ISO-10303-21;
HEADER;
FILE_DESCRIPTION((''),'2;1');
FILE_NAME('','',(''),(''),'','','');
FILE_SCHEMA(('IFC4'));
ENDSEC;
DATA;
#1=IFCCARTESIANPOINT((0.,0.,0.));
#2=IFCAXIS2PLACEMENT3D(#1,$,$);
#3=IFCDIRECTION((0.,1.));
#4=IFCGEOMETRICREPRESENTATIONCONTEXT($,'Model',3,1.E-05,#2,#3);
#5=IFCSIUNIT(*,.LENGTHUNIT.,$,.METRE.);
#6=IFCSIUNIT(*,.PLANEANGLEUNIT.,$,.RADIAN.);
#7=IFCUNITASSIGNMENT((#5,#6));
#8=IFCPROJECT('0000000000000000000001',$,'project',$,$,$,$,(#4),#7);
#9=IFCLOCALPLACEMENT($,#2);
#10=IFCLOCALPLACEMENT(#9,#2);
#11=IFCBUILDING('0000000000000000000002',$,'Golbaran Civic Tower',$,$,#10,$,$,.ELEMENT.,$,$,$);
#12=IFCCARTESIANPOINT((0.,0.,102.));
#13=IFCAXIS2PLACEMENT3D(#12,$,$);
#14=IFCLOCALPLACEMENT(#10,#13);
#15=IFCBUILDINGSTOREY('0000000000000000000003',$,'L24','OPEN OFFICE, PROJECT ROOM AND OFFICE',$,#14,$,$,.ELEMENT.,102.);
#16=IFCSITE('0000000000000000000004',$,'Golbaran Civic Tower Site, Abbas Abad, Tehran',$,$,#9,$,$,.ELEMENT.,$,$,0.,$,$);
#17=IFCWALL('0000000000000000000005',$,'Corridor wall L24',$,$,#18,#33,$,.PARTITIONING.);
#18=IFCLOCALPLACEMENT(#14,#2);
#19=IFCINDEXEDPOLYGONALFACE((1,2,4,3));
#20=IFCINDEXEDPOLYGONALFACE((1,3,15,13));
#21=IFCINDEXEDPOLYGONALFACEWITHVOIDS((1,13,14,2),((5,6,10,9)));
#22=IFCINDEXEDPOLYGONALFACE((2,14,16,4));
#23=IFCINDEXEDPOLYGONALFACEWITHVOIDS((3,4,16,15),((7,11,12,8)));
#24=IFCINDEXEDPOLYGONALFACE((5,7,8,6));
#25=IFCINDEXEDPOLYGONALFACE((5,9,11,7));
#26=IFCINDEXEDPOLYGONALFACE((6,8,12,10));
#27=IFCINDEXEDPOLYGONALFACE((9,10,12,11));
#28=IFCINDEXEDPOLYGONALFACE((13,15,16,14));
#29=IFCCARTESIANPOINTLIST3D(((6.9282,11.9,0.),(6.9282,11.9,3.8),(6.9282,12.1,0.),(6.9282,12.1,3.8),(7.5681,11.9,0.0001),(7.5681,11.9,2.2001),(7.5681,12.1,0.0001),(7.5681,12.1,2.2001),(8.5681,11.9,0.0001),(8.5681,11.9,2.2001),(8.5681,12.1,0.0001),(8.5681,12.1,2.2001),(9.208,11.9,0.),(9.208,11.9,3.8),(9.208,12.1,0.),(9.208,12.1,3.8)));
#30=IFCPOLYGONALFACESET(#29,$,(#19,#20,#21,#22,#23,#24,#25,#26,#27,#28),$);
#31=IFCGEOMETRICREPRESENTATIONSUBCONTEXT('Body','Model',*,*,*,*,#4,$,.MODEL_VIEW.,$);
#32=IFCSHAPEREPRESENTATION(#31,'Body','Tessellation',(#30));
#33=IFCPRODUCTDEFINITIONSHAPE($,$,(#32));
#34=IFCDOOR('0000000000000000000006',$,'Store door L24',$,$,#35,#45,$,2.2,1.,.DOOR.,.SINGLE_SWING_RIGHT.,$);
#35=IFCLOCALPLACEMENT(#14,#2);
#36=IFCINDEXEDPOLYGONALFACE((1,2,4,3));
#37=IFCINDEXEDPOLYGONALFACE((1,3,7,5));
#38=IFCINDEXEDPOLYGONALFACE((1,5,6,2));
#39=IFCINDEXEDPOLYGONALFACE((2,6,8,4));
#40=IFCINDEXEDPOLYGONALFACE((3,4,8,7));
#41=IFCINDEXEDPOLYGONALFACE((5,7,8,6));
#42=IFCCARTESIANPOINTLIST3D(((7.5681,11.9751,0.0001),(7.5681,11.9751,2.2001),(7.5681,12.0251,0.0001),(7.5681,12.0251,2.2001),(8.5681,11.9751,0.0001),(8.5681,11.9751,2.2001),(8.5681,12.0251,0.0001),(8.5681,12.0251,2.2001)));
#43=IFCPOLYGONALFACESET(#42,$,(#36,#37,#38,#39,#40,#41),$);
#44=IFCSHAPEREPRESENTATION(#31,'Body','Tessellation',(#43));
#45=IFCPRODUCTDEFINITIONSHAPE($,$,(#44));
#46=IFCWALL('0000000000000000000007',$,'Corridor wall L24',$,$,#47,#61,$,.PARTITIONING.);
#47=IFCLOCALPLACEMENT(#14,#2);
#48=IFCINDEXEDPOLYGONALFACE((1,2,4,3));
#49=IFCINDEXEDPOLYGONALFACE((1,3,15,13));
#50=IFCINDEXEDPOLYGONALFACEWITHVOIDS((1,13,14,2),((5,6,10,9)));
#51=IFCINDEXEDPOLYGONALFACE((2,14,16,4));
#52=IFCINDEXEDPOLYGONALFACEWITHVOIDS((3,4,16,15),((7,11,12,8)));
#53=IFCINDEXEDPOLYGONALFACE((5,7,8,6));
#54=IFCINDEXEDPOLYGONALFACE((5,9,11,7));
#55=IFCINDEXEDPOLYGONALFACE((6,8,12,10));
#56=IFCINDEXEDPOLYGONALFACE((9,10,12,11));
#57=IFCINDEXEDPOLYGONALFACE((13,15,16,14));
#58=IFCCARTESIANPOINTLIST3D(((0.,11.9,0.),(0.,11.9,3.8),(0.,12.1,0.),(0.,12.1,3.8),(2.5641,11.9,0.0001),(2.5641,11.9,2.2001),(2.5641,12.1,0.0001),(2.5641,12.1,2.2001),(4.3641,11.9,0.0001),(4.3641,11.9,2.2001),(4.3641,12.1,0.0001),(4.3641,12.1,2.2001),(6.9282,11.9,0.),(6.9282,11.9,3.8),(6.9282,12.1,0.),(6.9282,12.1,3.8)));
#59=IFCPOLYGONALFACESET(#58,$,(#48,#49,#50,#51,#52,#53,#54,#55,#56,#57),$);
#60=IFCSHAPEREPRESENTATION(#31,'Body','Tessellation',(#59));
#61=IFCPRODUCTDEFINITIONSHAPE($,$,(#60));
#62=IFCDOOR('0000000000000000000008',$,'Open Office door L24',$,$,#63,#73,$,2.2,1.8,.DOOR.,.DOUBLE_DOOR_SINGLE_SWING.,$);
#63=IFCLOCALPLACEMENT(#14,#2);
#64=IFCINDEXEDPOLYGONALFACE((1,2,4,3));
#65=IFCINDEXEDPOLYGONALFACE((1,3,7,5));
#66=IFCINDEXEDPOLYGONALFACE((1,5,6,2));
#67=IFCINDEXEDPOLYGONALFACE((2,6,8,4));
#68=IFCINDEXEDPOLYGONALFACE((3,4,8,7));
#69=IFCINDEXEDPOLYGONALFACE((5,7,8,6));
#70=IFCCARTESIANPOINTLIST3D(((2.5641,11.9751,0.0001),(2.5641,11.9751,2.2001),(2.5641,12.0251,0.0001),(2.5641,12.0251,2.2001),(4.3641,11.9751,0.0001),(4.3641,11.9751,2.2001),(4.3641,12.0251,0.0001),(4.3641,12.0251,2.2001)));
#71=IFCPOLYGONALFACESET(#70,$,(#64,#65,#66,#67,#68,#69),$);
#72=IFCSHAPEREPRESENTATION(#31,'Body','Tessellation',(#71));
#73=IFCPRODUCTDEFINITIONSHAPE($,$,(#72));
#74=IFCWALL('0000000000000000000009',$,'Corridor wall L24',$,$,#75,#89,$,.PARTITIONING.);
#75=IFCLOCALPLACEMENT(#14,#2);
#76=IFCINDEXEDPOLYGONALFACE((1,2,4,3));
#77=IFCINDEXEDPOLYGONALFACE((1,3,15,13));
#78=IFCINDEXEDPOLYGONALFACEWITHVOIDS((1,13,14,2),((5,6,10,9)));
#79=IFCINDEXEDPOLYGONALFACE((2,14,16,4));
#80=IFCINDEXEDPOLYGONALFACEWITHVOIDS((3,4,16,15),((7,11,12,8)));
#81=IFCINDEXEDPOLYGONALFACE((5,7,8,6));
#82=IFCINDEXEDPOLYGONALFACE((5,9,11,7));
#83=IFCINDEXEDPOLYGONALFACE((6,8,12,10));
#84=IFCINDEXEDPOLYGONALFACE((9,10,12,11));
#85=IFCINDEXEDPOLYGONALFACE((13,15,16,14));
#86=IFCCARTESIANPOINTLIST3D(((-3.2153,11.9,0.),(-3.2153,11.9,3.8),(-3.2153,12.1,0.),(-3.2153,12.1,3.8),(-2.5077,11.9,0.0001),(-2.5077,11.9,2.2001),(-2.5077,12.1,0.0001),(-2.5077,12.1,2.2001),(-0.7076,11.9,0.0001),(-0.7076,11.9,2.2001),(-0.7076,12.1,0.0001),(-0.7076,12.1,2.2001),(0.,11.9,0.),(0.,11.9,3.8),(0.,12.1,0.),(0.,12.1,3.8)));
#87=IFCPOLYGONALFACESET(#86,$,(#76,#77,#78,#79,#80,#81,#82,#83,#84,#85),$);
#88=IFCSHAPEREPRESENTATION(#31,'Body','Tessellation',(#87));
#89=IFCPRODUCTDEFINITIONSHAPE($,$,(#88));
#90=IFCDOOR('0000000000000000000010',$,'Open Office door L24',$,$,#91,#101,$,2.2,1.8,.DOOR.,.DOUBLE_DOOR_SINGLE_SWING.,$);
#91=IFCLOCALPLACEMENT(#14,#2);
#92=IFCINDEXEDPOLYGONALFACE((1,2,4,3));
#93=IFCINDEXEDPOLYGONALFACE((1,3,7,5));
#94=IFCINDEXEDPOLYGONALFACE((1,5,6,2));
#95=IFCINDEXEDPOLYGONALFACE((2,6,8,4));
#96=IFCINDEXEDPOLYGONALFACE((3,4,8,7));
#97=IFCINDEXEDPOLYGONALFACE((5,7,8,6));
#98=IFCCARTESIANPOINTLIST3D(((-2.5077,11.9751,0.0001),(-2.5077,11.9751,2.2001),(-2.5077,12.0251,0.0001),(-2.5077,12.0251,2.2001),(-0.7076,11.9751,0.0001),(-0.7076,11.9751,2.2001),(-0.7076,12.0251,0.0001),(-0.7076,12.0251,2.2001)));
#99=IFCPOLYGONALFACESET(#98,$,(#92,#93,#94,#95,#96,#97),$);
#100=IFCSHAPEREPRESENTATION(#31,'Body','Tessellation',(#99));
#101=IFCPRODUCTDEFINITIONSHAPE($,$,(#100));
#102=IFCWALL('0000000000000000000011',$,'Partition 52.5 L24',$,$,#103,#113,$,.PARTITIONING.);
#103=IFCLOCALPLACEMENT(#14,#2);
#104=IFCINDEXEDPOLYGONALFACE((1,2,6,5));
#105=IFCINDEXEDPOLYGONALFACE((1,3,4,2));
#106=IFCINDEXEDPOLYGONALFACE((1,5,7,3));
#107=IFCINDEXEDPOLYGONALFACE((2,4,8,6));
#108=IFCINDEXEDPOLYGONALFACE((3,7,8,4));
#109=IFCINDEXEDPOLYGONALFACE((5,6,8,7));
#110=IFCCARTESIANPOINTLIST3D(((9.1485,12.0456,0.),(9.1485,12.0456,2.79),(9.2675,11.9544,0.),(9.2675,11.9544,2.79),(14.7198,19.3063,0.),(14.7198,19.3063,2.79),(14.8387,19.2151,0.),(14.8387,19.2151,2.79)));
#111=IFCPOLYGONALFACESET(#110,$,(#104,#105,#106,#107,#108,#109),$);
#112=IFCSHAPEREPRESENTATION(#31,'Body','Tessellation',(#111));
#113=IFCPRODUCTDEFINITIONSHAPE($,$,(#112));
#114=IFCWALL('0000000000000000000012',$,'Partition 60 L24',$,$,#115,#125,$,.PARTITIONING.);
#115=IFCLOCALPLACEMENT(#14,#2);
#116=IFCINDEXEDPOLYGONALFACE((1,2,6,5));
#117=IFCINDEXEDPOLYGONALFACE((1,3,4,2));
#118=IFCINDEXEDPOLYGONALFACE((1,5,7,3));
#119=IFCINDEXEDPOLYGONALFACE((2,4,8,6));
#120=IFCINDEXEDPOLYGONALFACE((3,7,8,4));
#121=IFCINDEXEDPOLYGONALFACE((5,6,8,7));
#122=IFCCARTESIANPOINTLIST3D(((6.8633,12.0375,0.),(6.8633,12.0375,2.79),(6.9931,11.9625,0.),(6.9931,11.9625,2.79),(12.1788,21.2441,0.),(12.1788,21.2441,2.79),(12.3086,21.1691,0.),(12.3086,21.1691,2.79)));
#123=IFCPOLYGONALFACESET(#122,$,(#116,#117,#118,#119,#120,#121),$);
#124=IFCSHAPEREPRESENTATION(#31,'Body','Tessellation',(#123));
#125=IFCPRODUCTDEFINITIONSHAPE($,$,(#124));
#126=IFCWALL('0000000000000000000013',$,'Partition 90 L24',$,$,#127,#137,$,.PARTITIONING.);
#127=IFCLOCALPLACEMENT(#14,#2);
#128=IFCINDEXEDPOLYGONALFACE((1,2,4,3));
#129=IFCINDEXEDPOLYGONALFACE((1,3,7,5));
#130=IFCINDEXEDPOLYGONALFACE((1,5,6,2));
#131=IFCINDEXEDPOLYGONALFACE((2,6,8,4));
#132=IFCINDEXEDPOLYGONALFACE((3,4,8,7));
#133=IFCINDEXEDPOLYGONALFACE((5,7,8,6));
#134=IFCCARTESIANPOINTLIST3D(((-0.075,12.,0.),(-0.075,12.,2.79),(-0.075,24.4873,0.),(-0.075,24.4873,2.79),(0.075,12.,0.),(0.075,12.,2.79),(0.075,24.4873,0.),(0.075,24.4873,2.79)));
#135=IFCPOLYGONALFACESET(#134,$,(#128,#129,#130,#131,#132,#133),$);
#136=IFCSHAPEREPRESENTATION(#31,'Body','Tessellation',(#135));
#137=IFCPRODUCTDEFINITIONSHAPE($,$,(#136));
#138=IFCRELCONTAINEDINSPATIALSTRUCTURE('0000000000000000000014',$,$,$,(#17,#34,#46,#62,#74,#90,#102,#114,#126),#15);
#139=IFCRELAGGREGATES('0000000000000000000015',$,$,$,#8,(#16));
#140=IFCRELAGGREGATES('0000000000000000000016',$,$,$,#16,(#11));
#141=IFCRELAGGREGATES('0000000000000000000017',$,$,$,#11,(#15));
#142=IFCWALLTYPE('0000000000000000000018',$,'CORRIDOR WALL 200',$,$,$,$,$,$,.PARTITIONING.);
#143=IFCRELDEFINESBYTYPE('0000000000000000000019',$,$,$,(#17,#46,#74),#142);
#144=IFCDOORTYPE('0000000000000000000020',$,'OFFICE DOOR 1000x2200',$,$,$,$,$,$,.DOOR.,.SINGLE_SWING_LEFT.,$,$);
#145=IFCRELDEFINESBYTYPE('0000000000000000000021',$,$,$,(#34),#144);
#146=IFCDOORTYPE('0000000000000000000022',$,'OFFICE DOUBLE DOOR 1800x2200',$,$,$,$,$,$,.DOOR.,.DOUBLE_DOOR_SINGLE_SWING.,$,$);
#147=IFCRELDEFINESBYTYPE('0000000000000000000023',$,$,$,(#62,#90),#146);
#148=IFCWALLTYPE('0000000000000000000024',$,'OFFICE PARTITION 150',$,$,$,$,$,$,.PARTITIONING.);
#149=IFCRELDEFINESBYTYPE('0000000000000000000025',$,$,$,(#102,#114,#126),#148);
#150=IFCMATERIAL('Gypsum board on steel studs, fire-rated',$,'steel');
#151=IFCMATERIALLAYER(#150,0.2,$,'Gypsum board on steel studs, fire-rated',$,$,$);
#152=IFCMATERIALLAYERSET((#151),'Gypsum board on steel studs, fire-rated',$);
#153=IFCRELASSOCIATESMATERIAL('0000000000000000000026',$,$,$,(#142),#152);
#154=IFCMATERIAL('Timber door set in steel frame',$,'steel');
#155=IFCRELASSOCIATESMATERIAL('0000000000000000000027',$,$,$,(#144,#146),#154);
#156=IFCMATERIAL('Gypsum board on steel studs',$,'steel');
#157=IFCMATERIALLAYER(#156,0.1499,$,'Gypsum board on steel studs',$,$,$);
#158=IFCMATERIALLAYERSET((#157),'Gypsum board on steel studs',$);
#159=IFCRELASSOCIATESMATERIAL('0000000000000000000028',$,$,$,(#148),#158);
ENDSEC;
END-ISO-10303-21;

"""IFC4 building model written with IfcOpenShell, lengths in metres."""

from ifc_helpers import new_model, si_unit, direction, frame, frame_2d, origin, place, context, subcontext, project, spatial, rectangle, extrude, material, layer, layer_set, type_object, element, fill, save


model = new_model("IFC4")

# Units and contexts
model_context = context("Model", 3, precision=1e-05, world=origin(), true_north=direction((0.0, 1.0)))
body_context = subcontext(model_context, "Body", "Model", "MODEL_VIEW")
ifc_project = project(units=[si_unit("LENGTHUNIT", "METRE"), si_unit("PLANEANGLEUNIT", "RADIAN")], contexts=[model_context])

# Site, building, storey
site_placement = place(None, origin())
site = spatial("IfcSite", under=ifc_project, at=site_placement, Name="Golbaran Civic Tower Site, Abbas Abad, Tehran", CompositionType="ELEMENT", RefElevation=0.0)
building_placement = place(site_placement, origin())
building = spatial("IfcBuilding", under=site, at=building_placement, Name="Golbaran Civic Tower", CompositionType="ELEMENT")
storey_placement = place(building_placement, frame((0.0, 0.0, 102.0)))
storey = spatial("IfcBuildingStorey", under=building, at=storey_placement, Name="L24", Description="OPEN OFFICE, PROJECT ROOM AND OFFICE", CompositionType="ELEMENT", Elevation=102.0)

# Shared definitions
ifc_material_1 = material(Name="Gypsum board on steel studs, fire-rated", Category="steel")
ifc_layer_1 = layer(ifc_material_1, 0.2, Name="Gypsum board on steel studs, fire-rated")
ifc_layer_set_1 = layer_set([ifc_layer_1], Name="Gypsum board on steel studs, fire-rated")
wall_type_1 = type_object("IfcWallType", Name="CORRIDOR WALL 200", PredefinedType="PARTITIONING", material=ifc_layer_set_1)

# Walls, openings, doors
wall_1_placement = place(storey_placement, frame((9.208, 12.0, 0.0), z_axis=(0.0, 0.0, 1.0), x_axis=(-1.0, 0.0, 0.0)))
wall_1 = element("IfcWall", 1, at=wall_1_placement, inside=storey, type_object=wall_type_1, Name="Corridor wall L24", PredefinedType="PARTITIONING", context=body_context, shape_type="SweptSolid", body=[
    extrude(rectangle(XDim=2.2798, YDim=0.2, at=frame_2d((1.1399, 0.0))), origin(), (0.0, 0.0, 1.0), 3.8),
])
opening_1_placement = place(wall_1_placement, frame((0.6399, 0.0, 0.0)))
opening_1 = element("IfcOpeningElement", 2, at=opening_1_placement, cuts=wall_1, PredefinedType="OPENING", context=body_context, shape_type="SweptSolid", body=[
    extrude(rectangle(XDim=1.0, YDim=2.2, at=frame_2d((0.5, 1.1001))), frame((0.0, 0.1099, 0.0), z_axis=(0.0, -1.0, 0.0), x_axis=(1.0, 0.0, 0.0)), (0.0, 0.0, 1.0), 0.22),
])
ifc_material_2 = material(Name="Timber door set in steel frame", Category="steel")
door_type_1 = type_object("IfcDoorType", Name="OFFICE DOOR 1000x2200", OperationType="SINGLE_SWING_LEFT", PredefinedType="DOOR", material=ifc_material_2)
door_1_placement = place(opening_1_placement, origin())
door_1 = element("IfcDoor", 3, at=door_1_placement, inside=storey, type_object=door_type_1, Name="Store door L24", OperationType="SINGLE_SWING_RIGHT", OverallHeight=2.2, OverallWidth=1.0, PredefinedType="DOOR", context=body_context, shape_type="SweptSolid", body=[
    extrude(rectangle(XDim=1.0, YDim=2.2, at=frame_2d((0.5, 1.1001))), frame((0.0, 0.0249, 0.0), z_axis=(0.0, -1.0, 0.0), x_axis=(1.0, 0.0, 0.0)), (0.0, 0.0, 1.0), 0.05),
])
fill(opening_1, door_1)
wall_2_placement = place(storey_placement, frame((6.9282, 12.0, 0.0), z_axis=(0.0, 0.0, 1.0), x_axis=(-1.0, 0.0, 0.0)))
wall_2 = element("IfcWall", 4, at=wall_2_placement, inside=storey, type_object=wall_type_1, Name="Corridor wall L24", PredefinedType="PARTITIONING", context=body_context, shape_type="SweptSolid", body=[
    extrude(rectangle(XDim=6.9282, YDim=0.2, at=frame_2d((3.4641, 0.0))), origin(), (0.0, 0.0, 1.0), 3.8),
])
opening_2_placement = place(wall_2_placement, frame((2.5642, 0.0, 0.0)))
opening_2 = element("IfcOpeningElement", 5, at=opening_2_placement, cuts=wall_2, PredefinedType="OPENING", context=body_context, shape_type="SweptSolid", body=[
    extrude(rectangle(XDim=1.8, YDim=2.2, at=frame_2d((0.8999, 1.1001))), frame((0.0, 0.1099, 0.0), z_axis=(0.0, -1.0, 0.0), x_axis=(1.0, 0.0, 0.0)), (0.0, 0.0, 1.0), 0.22),
])
door_type_2 = type_object("IfcDoorType", Name="OFFICE DOUBLE DOOR 1800x2200", OperationType="DOUBLE_DOOR_SINGLE_SWING", PredefinedType="DOOR", material=ifc_material_2)
door_2_placement = place(opening_2_placement, origin())
door_2 = element("IfcDoor", 6, at=door_2_placement, inside=storey, type_object=door_type_2, Name="Open Office door L24", OperationType="DOUBLE_DOOR_SINGLE_SWING", OverallHeight=2.2, OverallWidth=1.8, PredefinedType="DOOR", context=body_context, shape_type="SweptSolid", body=[
    extrude(rectangle(XDim=1.8, YDim=2.2, at=frame_2d((0.8999, 1.1001))), frame((0.0, 0.0249, 0.0), z_axis=(0.0, -1.0, 0.0), x_axis=(1.0, 0.0, 0.0)), (0.0, 0.0, 1.0), 0.05),
])
fill(opening_2, door_2)
wall_3_placement = place(storey_placement, frame((0.0, 12.0, 0.0), z_axis=(0.0, 0.0, 1.0), x_axis=(-1.0, 0.0, 0.0)))
wall_3 = element("IfcWall", 7, at=wall_3_placement, inside=storey, type_object=wall_type_1, Name="Corridor wall L24", PredefinedType="PARTITIONING", context=body_context, shape_type="SweptSolid", body=[
    extrude(rectangle(XDim=3.2153, YDim=0.2, at=frame_2d((1.6077, 0.0))), origin(), (0.0, 0.0, 1.0), 3.8),
])
opening_3_placement = place(wall_3_placement, frame((0.7078, 0.0, 0.0)))
opening_3 = element("IfcOpeningElement", 8, at=opening_3_placement, cuts=wall_3, PredefinedType="OPENING", context=body_context, shape_type="SweptSolid", body=[
    extrude(rectangle(XDim=1.8, YDim=2.2, at=frame_2d((0.8999, 1.1001))), frame((0.0, 0.1099, 0.0), z_axis=(0.0, -1.0, 0.0), x_axis=(1.0, 0.0, 0.0)), (0.0, 0.0, 1.0), 0.22),
])
door_3_placement = place(opening_3_placement, origin())
door_3 = element("IfcDoor", 9, at=door_3_placement, inside=storey, type_object=door_type_2, Name="Open Office door L24", OperationType="DOUBLE_DOOR_SINGLE_SWING", OverallHeight=2.2, OverallWidth=1.8, PredefinedType="DOOR", context=body_context, shape_type="SweptSolid", body=[
    extrude(rectangle(XDim=1.8, YDim=2.2, at=frame_2d((0.8999, 1.1001))), frame((0.0, 0.0249, 0.0), z_axis=(0.0, -1.0, 0.0), x_axis=(1.0, 0.0, 0.0)), (0.0, 0.0, 1.0), 0.05),
])
fill(opening_3, door_3)

# Walls
ifc_material_3 = material(Name="Gypsum board on steel studs", Category="steel")
ifc_layer_2 = layer(ifc_material_3, 0.1499, Name="Gypsum board on steel studs")
ifc_layer_set_2 = layer_set([ifc_layer_2], Name="Gypsum board on steel studs")
wall_type_2 = type_object("IfcWallType", Name="OFFICE PARTITION 150", PredefinedType="PARTITIONING", material=ifc_layer_set_2)
wall_4_placement = place(storey_placement, frame((9.208, 12.0, 0.0), z_axis=(0.0, 0.0, 1.0), x_axis=(0.608756, 0.793357, 0.0)))
element("IfcWall", 10, at=wall_4_placement, inside=storey, type_object=wall_type_2, Name="Partition 52.5 L24", PredefinedType="PARTITIONING", context=body_context, shape_type="SweptSolid", body=[
    extrude(rectangle(XDim=9.1519, YDim=0.1499, at=frame_2d((4.5759, 0.0))), origin(), (0.0, 0.0, 1.0), 2.79),
])
wall_5_placement = place(storey_placement, frame((6.9282, 12.0, 0.0), z_axis=(0.0, 0.0, 1.0), x_axis=(0.500002, 0.866024, 0.0)))
element("IfcWall", 11, at=wall_5_placement, inside=storey, type_object=wall_type_2, Name="Partition 60 L24", PredefinedType="PARTITIONING", context=body_context, shape_type="SweptSolid", body=[
    extrude(rectangle(XDim=10.6309, YDim=0.1499, at=frame_2d((5.3154, 0.0))), origin(), (0.0, 0.0, 1.0), 2.79),
])
wall_6_placement = place(storey_placement, frame((0.0, 12.0, 0.0), z_axis=(0.0, 0.0, 1.0), x_axis=(0.0, 1.0, 0.0)))
element("IfcWall", 12, at=wall_6_placement, inside=storey, type_object=wall_type_2, Name="Partition 90 L24", PredefinedType="PARTITIONING", context=body_context, shape_type="SweptSolid", body=[
    extrude(rectangle(XDim=12.4873, YDim=0.1499, at=frame_2d((6.2437, 0.0))), origin(), (0.0, 0.0, 1.0), 2.79),
])

save(model, "model.ifc")
